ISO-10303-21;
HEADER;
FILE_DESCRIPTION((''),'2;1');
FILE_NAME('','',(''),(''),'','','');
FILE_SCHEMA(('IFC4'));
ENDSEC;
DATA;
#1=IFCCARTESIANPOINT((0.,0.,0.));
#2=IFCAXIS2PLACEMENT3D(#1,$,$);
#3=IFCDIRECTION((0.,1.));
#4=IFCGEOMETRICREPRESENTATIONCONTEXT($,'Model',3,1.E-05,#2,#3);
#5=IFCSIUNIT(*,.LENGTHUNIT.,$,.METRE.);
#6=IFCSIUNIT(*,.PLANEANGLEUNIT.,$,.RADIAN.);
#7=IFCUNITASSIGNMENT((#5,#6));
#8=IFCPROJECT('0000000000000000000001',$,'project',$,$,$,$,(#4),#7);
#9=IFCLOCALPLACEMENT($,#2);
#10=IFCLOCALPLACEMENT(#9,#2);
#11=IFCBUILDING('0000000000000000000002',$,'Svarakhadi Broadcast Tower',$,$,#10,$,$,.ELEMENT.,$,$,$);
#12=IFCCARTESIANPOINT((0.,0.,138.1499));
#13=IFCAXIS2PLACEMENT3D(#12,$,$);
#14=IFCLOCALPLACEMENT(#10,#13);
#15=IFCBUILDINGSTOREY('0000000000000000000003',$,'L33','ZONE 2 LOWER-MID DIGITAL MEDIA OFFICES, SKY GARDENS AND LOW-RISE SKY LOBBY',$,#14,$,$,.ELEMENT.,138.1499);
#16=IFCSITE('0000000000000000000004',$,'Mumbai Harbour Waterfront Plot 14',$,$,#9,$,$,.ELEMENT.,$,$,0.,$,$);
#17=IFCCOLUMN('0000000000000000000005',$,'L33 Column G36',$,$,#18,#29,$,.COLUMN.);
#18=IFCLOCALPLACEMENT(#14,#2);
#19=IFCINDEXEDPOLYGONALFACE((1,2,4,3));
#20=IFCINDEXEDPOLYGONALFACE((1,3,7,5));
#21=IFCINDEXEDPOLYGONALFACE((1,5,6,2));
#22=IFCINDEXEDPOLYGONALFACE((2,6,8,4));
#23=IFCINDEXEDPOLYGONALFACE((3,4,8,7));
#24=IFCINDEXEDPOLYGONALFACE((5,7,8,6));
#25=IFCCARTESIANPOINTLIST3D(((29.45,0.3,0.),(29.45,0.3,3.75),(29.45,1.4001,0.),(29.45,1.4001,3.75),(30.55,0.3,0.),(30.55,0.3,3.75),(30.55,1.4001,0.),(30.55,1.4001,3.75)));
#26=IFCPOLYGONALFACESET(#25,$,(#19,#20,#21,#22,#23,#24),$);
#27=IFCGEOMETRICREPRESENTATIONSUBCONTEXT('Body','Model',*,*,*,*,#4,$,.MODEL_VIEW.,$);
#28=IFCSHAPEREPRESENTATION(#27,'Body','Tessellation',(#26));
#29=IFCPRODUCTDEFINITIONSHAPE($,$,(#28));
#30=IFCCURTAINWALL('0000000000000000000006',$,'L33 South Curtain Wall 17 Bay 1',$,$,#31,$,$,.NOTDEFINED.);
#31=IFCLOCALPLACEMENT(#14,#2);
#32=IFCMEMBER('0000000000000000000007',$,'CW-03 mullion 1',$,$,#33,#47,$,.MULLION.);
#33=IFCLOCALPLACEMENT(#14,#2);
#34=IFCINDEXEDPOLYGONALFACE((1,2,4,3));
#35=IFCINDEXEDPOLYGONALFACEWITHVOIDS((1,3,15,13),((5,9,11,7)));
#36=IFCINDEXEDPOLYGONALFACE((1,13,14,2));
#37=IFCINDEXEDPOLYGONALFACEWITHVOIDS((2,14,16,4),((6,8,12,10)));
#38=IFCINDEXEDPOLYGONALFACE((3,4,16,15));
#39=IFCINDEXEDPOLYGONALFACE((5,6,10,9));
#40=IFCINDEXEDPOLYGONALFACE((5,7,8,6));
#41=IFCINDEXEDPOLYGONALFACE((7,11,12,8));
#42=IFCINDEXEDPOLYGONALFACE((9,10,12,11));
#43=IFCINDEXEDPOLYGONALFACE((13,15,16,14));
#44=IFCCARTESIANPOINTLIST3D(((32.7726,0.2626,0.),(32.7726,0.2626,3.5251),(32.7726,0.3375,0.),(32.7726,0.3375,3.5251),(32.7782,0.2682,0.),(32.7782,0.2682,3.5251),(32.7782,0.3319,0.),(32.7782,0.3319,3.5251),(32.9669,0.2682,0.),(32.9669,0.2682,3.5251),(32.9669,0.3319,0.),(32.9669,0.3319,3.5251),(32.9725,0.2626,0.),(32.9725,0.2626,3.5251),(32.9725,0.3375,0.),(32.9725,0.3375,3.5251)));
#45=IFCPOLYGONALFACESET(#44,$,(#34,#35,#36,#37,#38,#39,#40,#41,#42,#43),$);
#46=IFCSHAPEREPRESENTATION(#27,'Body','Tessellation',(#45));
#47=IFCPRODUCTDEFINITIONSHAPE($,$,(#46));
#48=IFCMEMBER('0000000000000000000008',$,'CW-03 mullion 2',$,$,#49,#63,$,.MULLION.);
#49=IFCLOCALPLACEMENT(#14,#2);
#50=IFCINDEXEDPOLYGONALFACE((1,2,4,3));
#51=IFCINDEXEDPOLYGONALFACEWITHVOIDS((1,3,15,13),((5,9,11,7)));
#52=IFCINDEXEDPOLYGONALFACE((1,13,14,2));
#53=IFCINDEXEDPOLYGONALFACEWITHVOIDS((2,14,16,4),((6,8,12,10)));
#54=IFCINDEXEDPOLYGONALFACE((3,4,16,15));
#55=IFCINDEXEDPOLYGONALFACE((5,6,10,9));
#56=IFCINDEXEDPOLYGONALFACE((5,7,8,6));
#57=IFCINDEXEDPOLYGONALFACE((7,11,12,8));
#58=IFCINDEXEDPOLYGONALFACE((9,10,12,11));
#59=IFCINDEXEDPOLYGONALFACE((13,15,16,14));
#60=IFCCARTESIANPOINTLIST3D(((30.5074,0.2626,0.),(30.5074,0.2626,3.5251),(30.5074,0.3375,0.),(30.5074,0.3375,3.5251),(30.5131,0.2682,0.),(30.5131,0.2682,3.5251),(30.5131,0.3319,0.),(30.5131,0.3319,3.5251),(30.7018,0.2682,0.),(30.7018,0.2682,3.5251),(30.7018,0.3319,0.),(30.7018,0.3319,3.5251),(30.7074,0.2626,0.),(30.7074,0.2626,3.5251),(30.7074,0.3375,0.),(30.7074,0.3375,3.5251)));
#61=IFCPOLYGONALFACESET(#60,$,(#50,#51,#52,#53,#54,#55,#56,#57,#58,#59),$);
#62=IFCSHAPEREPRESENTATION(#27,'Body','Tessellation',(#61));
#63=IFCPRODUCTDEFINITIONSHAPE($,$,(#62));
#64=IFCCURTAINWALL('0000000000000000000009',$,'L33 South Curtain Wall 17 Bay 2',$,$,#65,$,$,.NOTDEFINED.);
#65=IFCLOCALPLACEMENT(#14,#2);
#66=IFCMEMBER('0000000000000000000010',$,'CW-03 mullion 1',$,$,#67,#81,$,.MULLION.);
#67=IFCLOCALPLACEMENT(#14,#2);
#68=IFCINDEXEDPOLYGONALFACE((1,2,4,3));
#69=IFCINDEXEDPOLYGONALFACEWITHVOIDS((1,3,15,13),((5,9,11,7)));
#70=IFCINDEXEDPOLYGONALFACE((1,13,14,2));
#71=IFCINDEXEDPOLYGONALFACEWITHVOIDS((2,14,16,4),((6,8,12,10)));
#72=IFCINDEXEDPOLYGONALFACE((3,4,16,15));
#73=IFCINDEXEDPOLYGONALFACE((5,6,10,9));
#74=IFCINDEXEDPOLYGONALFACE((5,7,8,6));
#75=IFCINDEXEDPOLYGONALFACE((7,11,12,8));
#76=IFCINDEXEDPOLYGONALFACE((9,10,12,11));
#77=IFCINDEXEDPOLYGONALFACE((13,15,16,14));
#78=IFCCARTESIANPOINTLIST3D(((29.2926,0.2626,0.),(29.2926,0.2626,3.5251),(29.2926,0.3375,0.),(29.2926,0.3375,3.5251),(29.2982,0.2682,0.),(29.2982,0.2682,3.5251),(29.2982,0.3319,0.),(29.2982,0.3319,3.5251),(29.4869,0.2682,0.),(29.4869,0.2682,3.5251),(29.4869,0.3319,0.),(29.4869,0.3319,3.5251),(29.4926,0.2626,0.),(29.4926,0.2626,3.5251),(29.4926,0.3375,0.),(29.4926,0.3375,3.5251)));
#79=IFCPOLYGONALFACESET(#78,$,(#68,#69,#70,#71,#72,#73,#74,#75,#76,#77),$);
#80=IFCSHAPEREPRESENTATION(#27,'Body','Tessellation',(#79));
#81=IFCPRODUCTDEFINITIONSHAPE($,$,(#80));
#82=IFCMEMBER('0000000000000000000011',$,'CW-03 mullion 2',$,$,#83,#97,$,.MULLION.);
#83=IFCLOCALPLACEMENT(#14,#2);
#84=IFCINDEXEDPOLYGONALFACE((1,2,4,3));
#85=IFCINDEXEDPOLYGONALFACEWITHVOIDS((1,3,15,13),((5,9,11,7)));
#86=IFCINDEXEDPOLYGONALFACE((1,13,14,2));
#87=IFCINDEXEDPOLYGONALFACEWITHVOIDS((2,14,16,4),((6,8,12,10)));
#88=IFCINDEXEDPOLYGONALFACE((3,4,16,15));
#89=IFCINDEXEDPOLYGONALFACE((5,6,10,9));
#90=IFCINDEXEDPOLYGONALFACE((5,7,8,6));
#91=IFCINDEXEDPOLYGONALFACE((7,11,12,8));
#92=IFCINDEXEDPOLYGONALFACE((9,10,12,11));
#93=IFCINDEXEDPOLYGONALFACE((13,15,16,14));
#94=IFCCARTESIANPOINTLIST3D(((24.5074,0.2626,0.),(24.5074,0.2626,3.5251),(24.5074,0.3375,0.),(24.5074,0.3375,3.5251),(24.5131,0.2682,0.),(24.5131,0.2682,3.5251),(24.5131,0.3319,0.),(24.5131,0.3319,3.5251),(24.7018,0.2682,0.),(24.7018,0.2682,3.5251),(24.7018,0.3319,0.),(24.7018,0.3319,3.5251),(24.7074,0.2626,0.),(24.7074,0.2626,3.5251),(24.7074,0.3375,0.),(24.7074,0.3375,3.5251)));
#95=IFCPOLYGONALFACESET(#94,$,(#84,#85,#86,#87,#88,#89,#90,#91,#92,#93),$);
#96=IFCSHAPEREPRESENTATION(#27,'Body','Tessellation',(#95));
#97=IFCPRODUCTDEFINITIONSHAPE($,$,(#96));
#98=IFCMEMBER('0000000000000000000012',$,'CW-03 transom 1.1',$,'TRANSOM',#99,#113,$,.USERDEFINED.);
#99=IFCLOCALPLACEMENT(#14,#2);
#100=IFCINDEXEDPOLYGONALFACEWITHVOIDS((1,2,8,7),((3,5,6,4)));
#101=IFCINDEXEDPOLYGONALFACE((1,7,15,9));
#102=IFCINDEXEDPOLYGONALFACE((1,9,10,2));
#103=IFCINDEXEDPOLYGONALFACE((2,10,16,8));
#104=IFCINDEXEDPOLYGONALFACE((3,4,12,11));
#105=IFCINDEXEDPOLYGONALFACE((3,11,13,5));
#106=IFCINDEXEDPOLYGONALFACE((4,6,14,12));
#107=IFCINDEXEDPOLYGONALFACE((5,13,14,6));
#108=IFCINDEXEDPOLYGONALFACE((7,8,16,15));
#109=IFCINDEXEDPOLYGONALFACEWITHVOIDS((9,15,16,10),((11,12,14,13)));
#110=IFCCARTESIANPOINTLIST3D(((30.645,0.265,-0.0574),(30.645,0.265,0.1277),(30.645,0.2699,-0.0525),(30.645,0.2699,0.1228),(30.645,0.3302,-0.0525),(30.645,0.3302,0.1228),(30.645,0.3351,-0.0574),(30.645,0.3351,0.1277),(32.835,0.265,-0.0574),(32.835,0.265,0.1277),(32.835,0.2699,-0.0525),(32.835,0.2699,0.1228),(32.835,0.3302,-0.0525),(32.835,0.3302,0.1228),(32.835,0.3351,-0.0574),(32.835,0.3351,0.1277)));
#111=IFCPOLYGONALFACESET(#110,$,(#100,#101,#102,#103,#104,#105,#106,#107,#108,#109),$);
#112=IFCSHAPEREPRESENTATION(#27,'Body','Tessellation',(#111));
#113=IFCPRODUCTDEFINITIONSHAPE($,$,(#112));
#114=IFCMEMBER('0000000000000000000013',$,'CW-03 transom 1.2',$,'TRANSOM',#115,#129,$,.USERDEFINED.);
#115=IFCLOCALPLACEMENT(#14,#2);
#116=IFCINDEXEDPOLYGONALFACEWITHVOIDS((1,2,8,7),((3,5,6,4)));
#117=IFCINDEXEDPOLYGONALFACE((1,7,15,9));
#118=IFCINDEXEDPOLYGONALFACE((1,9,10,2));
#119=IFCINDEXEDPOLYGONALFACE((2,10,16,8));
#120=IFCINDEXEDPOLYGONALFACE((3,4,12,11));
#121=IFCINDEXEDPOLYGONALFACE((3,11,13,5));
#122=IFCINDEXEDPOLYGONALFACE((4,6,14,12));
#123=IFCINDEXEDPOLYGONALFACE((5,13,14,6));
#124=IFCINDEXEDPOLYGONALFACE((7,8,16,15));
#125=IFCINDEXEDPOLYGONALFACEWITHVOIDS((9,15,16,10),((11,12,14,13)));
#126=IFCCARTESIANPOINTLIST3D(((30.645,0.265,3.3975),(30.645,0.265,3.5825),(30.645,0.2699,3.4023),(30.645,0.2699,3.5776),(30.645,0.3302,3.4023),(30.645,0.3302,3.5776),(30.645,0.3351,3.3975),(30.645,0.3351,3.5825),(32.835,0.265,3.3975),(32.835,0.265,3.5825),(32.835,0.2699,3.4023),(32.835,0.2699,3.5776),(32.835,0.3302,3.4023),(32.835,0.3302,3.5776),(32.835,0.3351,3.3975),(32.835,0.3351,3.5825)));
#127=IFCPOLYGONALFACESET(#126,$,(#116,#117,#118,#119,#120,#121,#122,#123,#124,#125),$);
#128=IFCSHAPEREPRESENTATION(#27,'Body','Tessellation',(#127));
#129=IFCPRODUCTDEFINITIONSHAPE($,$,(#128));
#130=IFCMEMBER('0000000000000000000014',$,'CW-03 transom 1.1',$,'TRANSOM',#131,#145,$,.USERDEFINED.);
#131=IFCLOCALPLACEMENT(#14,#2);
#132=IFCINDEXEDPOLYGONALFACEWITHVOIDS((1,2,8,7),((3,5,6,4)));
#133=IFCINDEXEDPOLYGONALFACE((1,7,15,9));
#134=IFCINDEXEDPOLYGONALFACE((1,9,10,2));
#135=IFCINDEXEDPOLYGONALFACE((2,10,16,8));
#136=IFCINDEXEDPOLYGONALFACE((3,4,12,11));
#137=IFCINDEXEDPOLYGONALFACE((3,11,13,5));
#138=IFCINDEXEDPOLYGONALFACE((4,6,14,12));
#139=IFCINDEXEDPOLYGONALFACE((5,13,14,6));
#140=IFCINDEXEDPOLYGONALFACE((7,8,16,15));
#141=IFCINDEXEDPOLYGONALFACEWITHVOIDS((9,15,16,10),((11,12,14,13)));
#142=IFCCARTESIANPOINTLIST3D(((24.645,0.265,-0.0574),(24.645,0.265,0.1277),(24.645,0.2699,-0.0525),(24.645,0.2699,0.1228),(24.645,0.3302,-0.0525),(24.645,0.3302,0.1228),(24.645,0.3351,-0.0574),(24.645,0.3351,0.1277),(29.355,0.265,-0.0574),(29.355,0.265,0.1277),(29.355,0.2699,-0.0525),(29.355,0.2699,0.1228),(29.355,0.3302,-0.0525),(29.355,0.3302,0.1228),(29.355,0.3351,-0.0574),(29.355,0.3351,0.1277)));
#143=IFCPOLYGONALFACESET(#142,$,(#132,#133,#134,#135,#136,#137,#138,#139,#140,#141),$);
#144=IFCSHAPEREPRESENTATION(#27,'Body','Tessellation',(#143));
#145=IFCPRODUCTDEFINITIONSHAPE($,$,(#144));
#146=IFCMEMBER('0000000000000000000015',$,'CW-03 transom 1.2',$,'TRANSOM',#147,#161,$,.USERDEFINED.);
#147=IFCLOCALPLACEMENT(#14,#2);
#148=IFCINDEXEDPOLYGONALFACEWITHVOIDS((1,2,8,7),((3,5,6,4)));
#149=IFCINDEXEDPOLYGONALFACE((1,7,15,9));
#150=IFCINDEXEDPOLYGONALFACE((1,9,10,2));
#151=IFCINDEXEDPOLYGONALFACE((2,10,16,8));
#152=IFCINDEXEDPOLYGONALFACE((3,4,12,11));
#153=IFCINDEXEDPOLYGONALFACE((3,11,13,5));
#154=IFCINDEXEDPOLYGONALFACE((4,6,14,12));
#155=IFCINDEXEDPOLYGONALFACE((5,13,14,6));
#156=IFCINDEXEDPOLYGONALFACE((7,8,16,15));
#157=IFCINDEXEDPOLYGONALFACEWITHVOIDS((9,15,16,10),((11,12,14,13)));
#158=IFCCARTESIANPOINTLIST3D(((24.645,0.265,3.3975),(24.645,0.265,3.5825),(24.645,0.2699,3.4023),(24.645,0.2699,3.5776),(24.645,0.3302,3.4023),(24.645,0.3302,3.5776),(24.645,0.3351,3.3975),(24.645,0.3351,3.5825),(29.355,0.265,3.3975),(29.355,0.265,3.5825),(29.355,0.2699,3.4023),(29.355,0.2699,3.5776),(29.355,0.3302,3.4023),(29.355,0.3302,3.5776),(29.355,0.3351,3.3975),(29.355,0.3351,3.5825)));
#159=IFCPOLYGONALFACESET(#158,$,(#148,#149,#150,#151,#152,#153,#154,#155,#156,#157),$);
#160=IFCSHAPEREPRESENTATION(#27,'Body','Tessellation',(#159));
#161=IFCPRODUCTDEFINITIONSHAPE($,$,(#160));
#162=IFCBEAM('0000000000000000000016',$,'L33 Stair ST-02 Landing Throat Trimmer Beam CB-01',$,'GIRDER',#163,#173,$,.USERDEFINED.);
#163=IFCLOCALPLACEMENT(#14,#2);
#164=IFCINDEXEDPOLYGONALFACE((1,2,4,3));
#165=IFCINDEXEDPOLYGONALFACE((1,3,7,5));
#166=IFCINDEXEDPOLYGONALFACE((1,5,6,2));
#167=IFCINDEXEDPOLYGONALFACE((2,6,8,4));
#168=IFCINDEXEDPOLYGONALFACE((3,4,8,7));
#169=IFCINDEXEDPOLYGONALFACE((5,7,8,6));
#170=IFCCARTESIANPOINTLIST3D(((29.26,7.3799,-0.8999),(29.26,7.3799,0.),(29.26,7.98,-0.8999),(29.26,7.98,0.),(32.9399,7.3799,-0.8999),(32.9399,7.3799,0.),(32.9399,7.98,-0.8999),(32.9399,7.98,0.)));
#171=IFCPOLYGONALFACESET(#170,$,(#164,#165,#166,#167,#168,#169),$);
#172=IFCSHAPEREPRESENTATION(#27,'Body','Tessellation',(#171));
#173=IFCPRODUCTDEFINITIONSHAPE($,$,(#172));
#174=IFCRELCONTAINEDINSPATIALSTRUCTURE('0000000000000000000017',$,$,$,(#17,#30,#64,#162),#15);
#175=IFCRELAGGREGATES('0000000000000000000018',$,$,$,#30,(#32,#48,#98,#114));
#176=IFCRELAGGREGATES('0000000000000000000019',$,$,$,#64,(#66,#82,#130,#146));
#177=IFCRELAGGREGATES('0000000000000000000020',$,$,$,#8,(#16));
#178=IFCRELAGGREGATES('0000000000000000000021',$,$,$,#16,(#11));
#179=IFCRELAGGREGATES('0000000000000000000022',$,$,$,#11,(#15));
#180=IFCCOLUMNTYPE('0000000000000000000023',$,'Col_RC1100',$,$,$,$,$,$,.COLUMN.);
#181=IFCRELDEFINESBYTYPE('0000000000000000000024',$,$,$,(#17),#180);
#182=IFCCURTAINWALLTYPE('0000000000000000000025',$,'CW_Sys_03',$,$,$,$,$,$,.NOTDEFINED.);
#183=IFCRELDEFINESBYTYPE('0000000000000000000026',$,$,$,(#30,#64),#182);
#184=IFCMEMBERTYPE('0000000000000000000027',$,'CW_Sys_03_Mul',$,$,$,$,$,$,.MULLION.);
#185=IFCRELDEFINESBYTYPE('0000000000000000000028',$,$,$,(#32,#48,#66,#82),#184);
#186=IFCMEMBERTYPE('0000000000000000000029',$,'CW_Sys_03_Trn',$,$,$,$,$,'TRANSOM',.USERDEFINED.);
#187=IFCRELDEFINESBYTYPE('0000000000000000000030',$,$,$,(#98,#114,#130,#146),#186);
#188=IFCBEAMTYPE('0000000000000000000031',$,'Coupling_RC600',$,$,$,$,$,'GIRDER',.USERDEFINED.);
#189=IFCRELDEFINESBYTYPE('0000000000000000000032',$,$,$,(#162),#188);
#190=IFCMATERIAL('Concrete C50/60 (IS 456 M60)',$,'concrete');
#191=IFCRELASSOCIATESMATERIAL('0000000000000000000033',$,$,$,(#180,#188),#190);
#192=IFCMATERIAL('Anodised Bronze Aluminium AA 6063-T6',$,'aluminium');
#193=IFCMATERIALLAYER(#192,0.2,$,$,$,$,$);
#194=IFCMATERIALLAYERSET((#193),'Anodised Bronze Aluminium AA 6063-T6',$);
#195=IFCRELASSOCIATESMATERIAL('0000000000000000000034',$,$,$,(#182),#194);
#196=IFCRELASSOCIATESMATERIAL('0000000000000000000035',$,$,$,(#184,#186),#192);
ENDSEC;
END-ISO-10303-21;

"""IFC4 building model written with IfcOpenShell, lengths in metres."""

from ifc_helpers import new_model, si_unit, direction, frame, origin, origin_2d, place, context, subcontext, project, spatial, rectangle, hollow_rectangle, extrude, material, layer, layer_set, material_profile, profile_set, type_object, element, aggregate, save


model = new_model("IFC4")

# Units and contexts
model_context = context("Model", 3, precision=1e-05, world=origin(), true_north=direction((0.0, 1.0)))
body_context = subcontext(model_context, "Body", "Model", "MODEL_VIEW")
ifc_project = project(units=[si_unit("LENGTHUNIT", "METRE"), si_unit("PLANEANGLEUNIT", "RADIAN")], contexts=[model_context])

# Site, building, storey
site_placement = place(None, origin())
site = spatial("IfcSite", under=ifc_project, at=site_placement, Name="Mumbai Harbour Waterfront Plot 14", CompositionType="ELEMENT", RefElevation=0.0)
building_placement = place(site_placement, origin())
building = spatial("IfcBuilding", under=site, at=building_placement, Name="Svarakhadi Broadcast Tower", CompositionType="ELEMENT")
storey_placement = place(building_placement, frame((0.0, 0.0, 138.1499)))
storey = spatial("IfcBuildingStorey", under=building, at=storey_placement, Name="L33", Description="ZONE 2 LOWER-MID DIGITAL MEDIA OFFICES, SKY GARDENS AND LOW-RISE SKY LOBBY", CompositionType="ELEMENT", Elevation=138.1499)

# Column
ifc_material_1 = material(Name="Concrete C50/60 (IS 456 M60)", Category="concrete")
ifc_material_profile_1 = material_profile(ifc_material_1, rectangle(XDim=1.1001, YDim=1.1001, at=origin_2d()), Name="RC 1100x1100")
ifc_profile_set_1 = profile_set([ifc_material_profile_1], Name="Concrete C50/60 (IS 456 M60)")
column_type = type_object("IfcColumnType", Name="Col_RC1100", PredefinedType="COLUMN", material=ifc_profile_set_1)
column_placement = place(storey_placement, frame((30.0, 0.8501, 0.0), z_axis=(0.0, 0.0, 1.0), x_axis=(1.0, 0.0, 0.0)))
element("IfcColumn", 1, at=column_placement, inside=storey, type_object=column_type, Name="L33 Column G36", PredefinedType="COLUMN", context=body_context, shape_type="SweptSolid", body=[
    extrude(rectangle(XDim=1.1001, YDim=1.1001, at=origin_2d()), origin(), (0.0, 0.0, 1.0), 3.75),
])

# Curtain walls, members
ifc_material_2 = material(Name="Anodised Bronze Aluminium AA 6063-T6", Category="aluminium")
ifc_layer_1 = layer(ifc_material_2, 0.2)
ifc_layer_set_1 = layer_set([ifc_layer_1], Name="Anodised Bronze Aluminium AA 6063-T6")
curtain_wall_type = type_object("IfcCurtainWallType", Name="CW_Sys_03", PredefinedType="NOTDEFINED", material=ifc_layer_set_1)
curtain_wall_1_placement = place(storey_placement, origin())
curtain_wall_1 = element("IfcCurtainWall", 2, at=curtain_wall_1_placement, inside=storey, type_object=curtain_wall_type, Name="L33 South Curtain Wall 17 Bay 1", PredefinedType="NOTDEFINED")
ifc_material_profile_2 = material_profile(ifc_material_2, hollow_rectangle(XDim=0.075, YDim=0.2, WallThickness=0.0056, at=origin_2d()), Name="ALU MULLION 200x75x6")
ifc_profile_set_2 = profile_set([ifc_material_profile_2], Name="Anodised Bronze Aluminium AA 6063-T6")
member_type_1 = type_object("IfcMemberType", Name="CW_Sys_03_Mul", PredefinedType="MULLION", material=ifc_profile_set_2)
member_1_placement = place(storey_placement, frame((32.8726, 0.3, 0.0), z_axis=(0.0, 0.0, 1.0), x_axis=(0.0, -1.0, 0.0)))
member_1 = element("IfcMember", 3, at=member_1_placement, type_object=member_type_1, Name="CW-03 mullion 1", PredefinedType="MULLION", context=body_context, shape_type="SweptSolid", body=[
    extrude(hollow_rectangle(XDim=0.075, YDim=0.2, WallThickness=0.0056, at=origin_2d()), origin(), (0.0, 0.0, 1.0), 3.5251),
])
member_2_placement = place(storey_placement, frame((30.6074, 0.3, 0.0), z_axis=(0.0, 0.0, 1.0), x_axis=(0.0, -1.0, 0.0)))
member_2 = element("IfcMember", 4, at=member_2_placement, type_object=member_type_1, Name="CW-03 mullion 2", PredefinedType="MULLION", context=body_context, shape_type="SweptSolid", body=[
    extrude(hollow_rectangle(XDim=0.075, YDim=0.2, WallThickness=0.0056, at=origin_2d()), origin(), (0.0, 0.0, 1.0), 3.5251),
])
curtain_wall_2_placement = place(storey_placement, origin())
curtain_wall_2 = element("IfcCurtainWall", 5, at=curtain_wall_2_placement, inside=storey, type_object=curtain_wall_type, Name="L33 South Curtain Wall 17 Bay 2", PredefinedType="NOTDEFINED")
member_3_placement = place(storey_placement, frame((29.3926, 0.3, 0.0), z_axis=(0.0, 0.0, 1.0), x_axis=(0.0, -1.0, 0.0)))
member_3 = element("IfcMember", 6, at=member_3_placement, type_object=member_type_1, Name="CW-03 mullion 1", PredefinedType="MULLION", context=body_context, shape_type="SweptSolid", body=[
    extrude(hollow_rectangle(XDim=0.075, YDim=0.2, WallThickness=0.0056, at=origin_2d()), origin(), (0.0, 0.0, 1.0), 3.5251),
])
member_4_placement = place(storey_placement, frame((24.6074, 0.3, 0.0), z_axis=(0.0, 0.0, 1.0), x_axis=(0.0, -1.0, 0.0)))
member_4 = element("IfcMember", 7, at=member_4_placement, type_object=member_type_1, Name="CW-03 mullion 2", PredefinedType="MULLION", context=body_context, shape_type="SweptSolid", body=[
    extrude(hollow_rectangle(XDim=0.075, YDim=0.2, WallThickness=0.0056, at=origin_2d()), origin(), (0.0, 0.0, 1.0), 3.5251),
])

# Members
ifc_material_profile_3 = material_profile(ifc_material_2, hollow_rectangle(XDim=0.0701, YDim=0.1851, WallThickness=0.0049, at=origin_2d()), Name="ALU TRANSOM 185x70x5")
ifc_profile_set_3 = profile_set([ifc_material_profile_3], Name="Anodised Bronze Aluminium AA 6063-T6")
member_type_2 = type_object("IfcMemberType", Name="CW_Sys_03_Trn", ElementType="TRANSOM", PredefinedType="USERDEFINED", material=ifc_profile_set_3)
member_5_placement = place(storey_placement, frame((32.835, 0.3, 0.0352), z_axis=(-1.0, 0.0, 0.0), x_axis=(0.0, -1.0, 0.0)))
member_5 = element("IfcMember", 8, at=member_5_placement, type_object=member_type_2, Name="CW-03 transom 1.1", ObjectType="TRANSOM", PredefinedType="USERDEFINED", context=body_context, shape_type="SweptSolid", body=[
    extrude(hollow_rectangle(XDim=0.0701, YDim=0.1851, WallThickness=0.0049, at=origin_2d()), origin(), (0.0, 0.0, 1.0), 2.1899),
])
member_6_placement = place(storey_placement, frame((32.835, 0.3, 3.49), z_axis=(-1.0, 0.0, 0.0), x_axis=(0.0, -1.0, 0.0)))
member_6 = element("IfcMember", 9, at=member_6_placement, type_object=member_type_2, Name="CW-03 transom 1.2", ObjectType="TRANSOM", PredefinedType="USERDEFINED", context=body_context, shape_type="SweptSolid", body=[
    extrude(hollow_rectangle(XDim=0.0701, YDim=0.1851, WallThickness=0.0049, at=origin_2d()), origin(), (0.0, 0.0, 1.0), 2.1899),
])
member_7_placement = place(storey_placement, frame((29.355, 0.3, 0.0352), z_axis=(-1.0, 0.0, 0.0), x_axis=(0.0, -1.0, 0.0)))
member_7 = element("IfcMember", 10, at=member_7_placement, type_object=member_type_2, Name="CW-03 transom 1.1", ObjectType="TRANSOM", PredefinedType="USERDEFINED", context=body_context, shape_type="SweptSolid", body=[
    extrude(hollow_rectangle(XDim=0.0701, YDim=0.1851, WallThickness=0.0049, at=origin_2d()), origin(), (0.0, 0.0, 1.0), 4.71),
])
member_8_placement = place(storey_placement, frame((29.355, 0.3, 3.49), z_axis=(-1.0, 0.0, 0.0), x_axis=(0.0, -1.0, 0.0)))
member_8 = element("IfcMember", 11, at=member_8_placement, type_object=member_type_2, Name="CW-03 transom 1.2", ObjectType="TRANSOM", PredefinedType="USERDEFINED", context=body_context, shape_type="SweptSolid", body=[
    extrude(hollow_rectangle(XDim=0.0701, YDim=0.1851, WallThickness=0.0049, at=origin_2d()), origin(), (0.0, 0.0, 1.0), 4.71),
])

# Beam
ifc_material_profile_4 = material_profile(ifc_material_1, rectangle(XDim=0.6001, YDim=0.8999, at=origin_2d()), Name="RC 600x900")
ifc_profile_set_4 = profile_set([ifc_material_profile_4], Name="Concrete C50/60 (IS 456 M60)")
beam_type_1 = type_object("IfcBeamType", Name="Coupling_RC600", ElementType="GIRDER", PredefinedType="USERDEFINED", material=ifc_profile_set_4)
beam_1_placement = place(storey_placement, frame((29.26, 7.6799, -0.45), z_axis=(1.0, 0.0, 0.0), x_axis=(0.0, 1.0, 0.0)))
element("IfcBeam", 12, at=beam_1_placement, inside=storey, type_object=beam_type_1, Name="L33 Stair ST-02 Landing Throat Trimmer Beam CB-01", ObjectType="GIRDER", PredefinedType="USERDEFINED", context=body_context, shape_type="SweptSolid", body=[
    extrude(rectangle(XDim=0.6001, YDim=0.8999, at=origin_2d()), origin(), (0.0, 0.0, 1.0), 3.6799),
])

aggregate(curtain_wall_1, [member_1, member_2, member_5, member_6])
aggregate(curtain_wall_2, [member_3, member_4, member_7, member_8])

save(model, "model.ifc")
